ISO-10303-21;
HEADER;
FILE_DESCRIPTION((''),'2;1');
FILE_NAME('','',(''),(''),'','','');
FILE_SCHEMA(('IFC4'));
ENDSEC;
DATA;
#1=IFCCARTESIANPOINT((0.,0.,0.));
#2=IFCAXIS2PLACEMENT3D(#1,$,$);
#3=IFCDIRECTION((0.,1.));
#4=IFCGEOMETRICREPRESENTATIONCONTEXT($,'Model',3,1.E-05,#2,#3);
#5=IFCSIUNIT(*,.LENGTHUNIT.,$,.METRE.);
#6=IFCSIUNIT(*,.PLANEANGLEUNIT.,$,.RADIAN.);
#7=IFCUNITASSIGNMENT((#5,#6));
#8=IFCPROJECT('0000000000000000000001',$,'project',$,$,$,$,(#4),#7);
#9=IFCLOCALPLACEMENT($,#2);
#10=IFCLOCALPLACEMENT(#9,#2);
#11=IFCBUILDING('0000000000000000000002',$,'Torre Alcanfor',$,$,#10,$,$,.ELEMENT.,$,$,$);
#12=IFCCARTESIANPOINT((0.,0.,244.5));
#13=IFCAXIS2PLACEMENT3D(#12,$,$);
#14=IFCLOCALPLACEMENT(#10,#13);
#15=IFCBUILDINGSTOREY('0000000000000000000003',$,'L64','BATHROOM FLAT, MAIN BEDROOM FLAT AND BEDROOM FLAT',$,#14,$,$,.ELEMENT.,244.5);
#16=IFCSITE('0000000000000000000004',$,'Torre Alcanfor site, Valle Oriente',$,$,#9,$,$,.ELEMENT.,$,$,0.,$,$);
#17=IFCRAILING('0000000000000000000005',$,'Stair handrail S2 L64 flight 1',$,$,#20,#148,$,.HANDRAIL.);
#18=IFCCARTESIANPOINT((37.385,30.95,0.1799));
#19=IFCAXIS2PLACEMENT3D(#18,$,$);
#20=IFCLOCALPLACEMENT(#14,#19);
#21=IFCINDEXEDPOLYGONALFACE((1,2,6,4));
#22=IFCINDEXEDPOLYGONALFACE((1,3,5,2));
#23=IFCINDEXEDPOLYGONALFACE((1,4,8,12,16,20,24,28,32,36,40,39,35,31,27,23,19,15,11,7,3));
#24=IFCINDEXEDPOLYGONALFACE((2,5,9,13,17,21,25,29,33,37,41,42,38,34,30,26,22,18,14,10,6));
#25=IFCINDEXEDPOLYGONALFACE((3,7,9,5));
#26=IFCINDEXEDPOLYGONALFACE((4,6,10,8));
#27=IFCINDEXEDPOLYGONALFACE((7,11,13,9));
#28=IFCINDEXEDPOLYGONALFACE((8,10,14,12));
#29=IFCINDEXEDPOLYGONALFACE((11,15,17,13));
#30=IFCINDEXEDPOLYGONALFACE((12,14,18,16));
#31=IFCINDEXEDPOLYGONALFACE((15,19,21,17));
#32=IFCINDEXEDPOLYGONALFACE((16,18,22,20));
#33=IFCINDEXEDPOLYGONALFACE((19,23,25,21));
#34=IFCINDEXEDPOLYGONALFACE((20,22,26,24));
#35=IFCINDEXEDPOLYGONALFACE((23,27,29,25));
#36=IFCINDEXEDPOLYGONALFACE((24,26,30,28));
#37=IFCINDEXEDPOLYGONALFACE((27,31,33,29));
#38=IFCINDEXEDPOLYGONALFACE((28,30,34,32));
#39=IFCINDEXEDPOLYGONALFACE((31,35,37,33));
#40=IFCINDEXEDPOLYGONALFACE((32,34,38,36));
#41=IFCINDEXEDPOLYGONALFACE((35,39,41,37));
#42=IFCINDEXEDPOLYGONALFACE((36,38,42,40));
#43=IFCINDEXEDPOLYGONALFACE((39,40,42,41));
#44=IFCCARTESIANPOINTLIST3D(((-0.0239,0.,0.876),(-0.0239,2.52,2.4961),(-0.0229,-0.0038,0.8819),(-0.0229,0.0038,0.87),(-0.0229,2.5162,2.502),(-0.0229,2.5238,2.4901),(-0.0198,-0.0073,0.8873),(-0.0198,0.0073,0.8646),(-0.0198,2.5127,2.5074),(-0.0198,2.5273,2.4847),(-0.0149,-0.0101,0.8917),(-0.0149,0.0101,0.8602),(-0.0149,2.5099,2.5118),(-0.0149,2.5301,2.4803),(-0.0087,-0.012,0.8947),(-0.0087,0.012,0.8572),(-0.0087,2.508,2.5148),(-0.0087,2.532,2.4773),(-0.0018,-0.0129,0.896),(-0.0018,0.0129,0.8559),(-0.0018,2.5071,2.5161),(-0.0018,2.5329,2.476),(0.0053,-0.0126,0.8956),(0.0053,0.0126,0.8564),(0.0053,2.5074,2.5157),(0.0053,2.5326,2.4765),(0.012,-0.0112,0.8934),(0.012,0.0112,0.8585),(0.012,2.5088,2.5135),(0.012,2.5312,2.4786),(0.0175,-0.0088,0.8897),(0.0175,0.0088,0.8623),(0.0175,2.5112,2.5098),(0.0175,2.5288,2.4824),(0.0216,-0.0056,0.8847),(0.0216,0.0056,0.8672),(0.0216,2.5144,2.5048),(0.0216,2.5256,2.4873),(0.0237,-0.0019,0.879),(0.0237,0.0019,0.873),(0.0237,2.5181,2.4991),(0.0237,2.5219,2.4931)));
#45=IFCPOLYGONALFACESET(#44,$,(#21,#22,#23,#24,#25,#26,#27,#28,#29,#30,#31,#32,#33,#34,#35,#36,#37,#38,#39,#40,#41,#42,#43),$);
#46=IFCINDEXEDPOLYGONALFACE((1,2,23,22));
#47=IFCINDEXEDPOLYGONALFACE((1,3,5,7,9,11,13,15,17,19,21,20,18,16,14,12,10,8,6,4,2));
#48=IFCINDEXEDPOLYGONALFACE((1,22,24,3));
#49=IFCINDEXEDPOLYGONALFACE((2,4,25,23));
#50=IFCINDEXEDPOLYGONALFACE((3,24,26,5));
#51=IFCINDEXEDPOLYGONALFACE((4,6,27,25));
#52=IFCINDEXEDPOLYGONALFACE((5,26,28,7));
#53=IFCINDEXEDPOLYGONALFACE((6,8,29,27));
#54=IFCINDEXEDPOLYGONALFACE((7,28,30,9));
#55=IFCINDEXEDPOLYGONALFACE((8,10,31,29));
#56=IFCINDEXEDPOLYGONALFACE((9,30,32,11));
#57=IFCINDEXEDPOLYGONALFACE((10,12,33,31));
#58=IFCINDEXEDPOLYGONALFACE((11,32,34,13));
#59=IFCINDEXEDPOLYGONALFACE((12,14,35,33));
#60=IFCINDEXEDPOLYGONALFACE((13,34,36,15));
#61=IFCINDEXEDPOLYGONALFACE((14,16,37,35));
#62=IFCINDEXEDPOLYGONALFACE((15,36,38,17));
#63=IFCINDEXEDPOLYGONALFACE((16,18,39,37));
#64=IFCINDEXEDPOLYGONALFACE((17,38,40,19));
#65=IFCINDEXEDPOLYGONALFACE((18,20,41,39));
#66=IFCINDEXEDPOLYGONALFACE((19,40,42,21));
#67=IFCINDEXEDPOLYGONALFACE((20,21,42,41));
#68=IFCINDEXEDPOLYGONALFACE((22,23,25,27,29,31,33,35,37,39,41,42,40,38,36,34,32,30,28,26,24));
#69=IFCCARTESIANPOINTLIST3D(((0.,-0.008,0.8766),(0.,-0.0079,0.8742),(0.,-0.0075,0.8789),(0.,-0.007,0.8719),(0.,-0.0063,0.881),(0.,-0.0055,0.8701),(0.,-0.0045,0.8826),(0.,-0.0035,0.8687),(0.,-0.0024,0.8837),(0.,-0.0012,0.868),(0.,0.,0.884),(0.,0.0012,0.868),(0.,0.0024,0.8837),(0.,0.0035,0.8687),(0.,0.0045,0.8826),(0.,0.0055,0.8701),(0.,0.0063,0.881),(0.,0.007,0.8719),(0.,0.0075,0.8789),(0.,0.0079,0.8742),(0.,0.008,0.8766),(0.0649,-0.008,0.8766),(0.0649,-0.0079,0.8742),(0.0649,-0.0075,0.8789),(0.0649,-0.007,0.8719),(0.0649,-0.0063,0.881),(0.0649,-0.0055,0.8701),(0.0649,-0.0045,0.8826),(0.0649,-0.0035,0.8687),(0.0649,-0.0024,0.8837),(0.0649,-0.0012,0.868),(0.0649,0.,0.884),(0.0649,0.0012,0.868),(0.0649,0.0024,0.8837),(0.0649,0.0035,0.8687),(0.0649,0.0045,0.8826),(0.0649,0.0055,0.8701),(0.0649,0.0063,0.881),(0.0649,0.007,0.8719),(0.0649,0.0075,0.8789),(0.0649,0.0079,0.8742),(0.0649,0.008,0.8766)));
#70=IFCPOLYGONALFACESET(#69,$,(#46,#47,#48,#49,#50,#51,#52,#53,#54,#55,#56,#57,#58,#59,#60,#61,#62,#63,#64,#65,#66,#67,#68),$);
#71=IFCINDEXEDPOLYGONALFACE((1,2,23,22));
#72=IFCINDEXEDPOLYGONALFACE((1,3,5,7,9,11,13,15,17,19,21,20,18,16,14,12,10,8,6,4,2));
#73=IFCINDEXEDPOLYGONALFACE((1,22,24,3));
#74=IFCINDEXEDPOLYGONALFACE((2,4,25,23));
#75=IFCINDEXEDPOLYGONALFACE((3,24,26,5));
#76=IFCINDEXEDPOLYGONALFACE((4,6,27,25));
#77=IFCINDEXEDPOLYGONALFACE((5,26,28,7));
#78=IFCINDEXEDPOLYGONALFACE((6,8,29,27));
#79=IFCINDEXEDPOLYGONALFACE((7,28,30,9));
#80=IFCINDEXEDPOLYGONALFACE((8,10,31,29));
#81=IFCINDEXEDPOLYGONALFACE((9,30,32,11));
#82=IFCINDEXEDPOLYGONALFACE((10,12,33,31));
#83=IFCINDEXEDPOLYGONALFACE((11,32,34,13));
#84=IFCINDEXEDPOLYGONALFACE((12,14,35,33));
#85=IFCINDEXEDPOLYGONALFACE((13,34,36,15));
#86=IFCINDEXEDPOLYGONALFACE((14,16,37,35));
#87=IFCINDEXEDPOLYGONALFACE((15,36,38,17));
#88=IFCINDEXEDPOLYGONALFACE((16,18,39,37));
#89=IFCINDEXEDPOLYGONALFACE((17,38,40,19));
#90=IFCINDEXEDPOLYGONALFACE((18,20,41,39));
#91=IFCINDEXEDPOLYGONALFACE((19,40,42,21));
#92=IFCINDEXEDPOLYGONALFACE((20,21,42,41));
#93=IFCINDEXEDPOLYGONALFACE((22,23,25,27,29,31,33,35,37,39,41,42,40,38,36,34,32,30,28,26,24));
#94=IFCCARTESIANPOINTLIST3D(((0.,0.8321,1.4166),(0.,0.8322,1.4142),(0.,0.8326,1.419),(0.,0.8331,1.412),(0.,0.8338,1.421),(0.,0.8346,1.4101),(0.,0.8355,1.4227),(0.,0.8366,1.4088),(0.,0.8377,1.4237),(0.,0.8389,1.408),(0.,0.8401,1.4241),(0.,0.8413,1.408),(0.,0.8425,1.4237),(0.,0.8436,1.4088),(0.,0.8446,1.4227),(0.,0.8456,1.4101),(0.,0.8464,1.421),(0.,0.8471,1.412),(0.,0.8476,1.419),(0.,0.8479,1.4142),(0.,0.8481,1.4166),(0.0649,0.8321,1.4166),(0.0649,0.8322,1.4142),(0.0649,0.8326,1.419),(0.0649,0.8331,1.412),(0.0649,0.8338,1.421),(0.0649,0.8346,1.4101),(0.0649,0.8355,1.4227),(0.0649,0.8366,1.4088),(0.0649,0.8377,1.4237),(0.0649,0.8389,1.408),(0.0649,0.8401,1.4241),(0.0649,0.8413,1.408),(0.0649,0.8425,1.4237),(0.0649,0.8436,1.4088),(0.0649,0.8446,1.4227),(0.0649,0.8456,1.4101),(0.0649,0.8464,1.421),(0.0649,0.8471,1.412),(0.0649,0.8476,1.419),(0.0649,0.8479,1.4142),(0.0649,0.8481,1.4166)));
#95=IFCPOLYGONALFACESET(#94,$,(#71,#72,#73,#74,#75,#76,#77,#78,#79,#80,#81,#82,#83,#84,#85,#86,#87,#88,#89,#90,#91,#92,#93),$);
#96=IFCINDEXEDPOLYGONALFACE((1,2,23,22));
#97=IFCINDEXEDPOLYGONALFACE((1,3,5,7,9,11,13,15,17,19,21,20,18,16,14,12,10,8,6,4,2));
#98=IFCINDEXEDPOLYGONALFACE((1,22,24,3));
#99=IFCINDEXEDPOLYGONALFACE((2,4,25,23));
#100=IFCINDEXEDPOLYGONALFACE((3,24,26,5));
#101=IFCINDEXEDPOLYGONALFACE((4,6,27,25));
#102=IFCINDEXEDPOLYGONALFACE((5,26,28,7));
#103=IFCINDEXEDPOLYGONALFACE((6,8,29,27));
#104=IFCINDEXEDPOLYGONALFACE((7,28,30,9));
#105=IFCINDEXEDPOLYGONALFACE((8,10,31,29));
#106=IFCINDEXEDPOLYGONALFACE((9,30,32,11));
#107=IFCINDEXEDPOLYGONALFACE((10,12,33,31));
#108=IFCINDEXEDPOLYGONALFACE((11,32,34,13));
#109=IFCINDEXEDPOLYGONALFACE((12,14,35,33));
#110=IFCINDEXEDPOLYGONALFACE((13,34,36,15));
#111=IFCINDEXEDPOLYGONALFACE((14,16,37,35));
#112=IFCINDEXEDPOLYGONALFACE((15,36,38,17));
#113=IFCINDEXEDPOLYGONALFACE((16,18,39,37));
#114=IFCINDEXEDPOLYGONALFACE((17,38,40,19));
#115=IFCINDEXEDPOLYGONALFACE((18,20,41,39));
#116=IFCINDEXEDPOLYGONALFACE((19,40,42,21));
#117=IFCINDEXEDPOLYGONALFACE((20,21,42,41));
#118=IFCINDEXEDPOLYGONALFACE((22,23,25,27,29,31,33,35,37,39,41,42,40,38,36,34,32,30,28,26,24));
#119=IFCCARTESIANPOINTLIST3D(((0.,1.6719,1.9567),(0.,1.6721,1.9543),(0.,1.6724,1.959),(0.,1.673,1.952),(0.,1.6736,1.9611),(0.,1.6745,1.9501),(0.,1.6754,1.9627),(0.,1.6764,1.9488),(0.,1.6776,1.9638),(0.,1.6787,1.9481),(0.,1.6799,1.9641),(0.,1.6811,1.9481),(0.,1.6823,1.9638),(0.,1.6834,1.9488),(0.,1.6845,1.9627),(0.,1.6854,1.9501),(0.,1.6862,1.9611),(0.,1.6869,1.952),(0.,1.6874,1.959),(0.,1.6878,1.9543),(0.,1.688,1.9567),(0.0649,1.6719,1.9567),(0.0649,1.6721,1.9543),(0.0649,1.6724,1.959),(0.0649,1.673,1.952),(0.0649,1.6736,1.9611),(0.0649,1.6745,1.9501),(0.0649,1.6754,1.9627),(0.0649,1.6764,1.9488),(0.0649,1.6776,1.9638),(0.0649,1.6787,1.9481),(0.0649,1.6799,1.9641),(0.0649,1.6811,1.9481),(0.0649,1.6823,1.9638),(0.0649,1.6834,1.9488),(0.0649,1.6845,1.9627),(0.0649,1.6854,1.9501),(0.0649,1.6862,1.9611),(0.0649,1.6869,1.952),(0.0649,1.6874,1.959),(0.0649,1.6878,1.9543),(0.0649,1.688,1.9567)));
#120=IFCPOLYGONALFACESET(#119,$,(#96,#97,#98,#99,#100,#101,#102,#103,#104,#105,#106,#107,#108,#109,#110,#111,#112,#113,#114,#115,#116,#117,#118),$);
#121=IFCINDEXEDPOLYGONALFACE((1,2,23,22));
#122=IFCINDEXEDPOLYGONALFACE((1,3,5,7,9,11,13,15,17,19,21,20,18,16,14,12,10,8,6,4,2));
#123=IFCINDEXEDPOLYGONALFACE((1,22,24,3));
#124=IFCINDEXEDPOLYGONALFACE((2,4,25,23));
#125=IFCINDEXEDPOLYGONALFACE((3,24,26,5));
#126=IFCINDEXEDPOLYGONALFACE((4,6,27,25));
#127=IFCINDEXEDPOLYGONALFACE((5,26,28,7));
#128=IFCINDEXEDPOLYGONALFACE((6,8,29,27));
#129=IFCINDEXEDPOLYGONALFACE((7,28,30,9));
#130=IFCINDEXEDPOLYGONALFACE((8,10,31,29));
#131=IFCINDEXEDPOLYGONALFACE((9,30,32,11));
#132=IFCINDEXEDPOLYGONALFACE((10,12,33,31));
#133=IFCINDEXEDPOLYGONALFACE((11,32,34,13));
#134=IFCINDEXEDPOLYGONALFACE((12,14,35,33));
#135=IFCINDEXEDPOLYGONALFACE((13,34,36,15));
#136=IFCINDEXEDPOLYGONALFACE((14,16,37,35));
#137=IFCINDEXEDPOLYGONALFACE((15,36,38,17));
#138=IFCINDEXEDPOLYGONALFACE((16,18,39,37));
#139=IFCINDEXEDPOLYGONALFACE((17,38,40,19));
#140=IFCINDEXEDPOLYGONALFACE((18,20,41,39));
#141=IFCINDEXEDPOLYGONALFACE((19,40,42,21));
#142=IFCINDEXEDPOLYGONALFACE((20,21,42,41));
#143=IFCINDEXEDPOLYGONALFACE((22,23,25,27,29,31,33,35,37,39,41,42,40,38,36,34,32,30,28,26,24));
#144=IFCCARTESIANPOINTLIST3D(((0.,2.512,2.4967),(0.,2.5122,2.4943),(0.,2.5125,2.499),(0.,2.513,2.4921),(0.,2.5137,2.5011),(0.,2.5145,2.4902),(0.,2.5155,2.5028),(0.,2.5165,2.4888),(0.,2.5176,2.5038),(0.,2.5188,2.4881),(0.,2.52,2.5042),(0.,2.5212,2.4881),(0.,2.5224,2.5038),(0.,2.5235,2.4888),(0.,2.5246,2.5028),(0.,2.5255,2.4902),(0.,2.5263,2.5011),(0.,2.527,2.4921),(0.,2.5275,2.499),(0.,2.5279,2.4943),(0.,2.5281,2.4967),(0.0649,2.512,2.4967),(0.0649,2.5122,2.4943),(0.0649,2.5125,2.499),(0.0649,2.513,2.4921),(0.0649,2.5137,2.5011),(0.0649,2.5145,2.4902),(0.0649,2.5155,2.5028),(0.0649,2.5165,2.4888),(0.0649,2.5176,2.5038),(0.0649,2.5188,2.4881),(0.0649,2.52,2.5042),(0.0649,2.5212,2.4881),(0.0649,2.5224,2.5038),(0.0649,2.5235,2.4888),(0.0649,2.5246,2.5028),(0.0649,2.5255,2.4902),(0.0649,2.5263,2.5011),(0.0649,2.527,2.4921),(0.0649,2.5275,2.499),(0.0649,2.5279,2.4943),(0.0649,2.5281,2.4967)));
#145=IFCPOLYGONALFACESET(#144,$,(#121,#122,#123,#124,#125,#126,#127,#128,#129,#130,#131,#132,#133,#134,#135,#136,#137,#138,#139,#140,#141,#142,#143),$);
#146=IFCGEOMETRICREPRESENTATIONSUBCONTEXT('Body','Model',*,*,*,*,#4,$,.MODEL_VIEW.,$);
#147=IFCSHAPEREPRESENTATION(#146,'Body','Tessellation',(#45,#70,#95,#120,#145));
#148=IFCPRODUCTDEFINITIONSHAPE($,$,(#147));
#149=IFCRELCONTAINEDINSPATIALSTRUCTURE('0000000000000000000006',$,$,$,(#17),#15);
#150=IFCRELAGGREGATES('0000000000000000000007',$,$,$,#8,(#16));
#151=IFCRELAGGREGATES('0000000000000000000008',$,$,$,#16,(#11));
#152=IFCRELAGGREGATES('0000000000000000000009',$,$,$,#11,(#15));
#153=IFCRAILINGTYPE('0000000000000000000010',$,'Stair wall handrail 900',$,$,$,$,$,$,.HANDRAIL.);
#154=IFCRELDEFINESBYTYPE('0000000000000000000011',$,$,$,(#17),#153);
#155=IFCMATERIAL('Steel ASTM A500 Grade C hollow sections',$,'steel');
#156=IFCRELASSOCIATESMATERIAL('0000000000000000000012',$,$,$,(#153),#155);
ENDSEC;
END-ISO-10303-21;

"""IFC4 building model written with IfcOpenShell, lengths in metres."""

from ifc_helpers import new_model, si_unit, direction, frame, origin, origin_2d, place, context, subcontext, project, spatial, circle, extrude, material, type_object, element, save


model = new_model("IFC4")

# Units and contexts
model_context = context("Model", 3, precision=1e-05, world=origin(), true_north=direction((0.0, 1.0)))
body_context = subcontext(model_context, "Body", "Model", "MODEL_VIEW")
ifc_project = project(units=[si_unit("LENGTHUNIT", "METRE"), si_unit("PLANEANGLEUNIT", "RADIAN")], contexts=[model_context])

# Site, building, storey
site_placement = place(None, origin())
site = spatial("IfcSite", under=ifc_project, at=site_placement, Name="Torre Alcanfor site, Valle Oriente", CompositionType="ELEMENT", RefElevation=0.0)
building_placement = place(site_placement, origin())
building = spatial("IfcBuilding", under=site, at=building_placement, Name="Torre Alcanfor", CompositionType="ELEMENT")
storey_placement = place(building_placement, frame((0.0, 0.0, 244.5)))
storey = spatial("IfcBuildingStorey", under=building, at=storey_placement, Name="L64", Description="BATHROOM FLAT, MAIN BEDROOM FLAT AND BEDROOM FLAT", CompositionType="ELEMENT", Elevation=244.5)

# Railing
ifc_material_1 = material(Name="Steel ASTM A500 Grade C hollow sections", Category="steel")
railing_type_1 = type_object("IfcRailingType", Name="Stair wall handrail 900", PredefinedType="HANDRAIL", material=ifc_material_1)
railing_1_placement = place(storey_placement, frame((37.385, 30.95, 0.1799)))
element("IfcRailing", 1, at=railing_1_placement, inside=storey, type_object=railing_type_1, Name="Stair handrail S2 L64 flight 1", PredefinedType="HANDRAIL", context=body_context, shape_type="SweptSolid", body=[
    extrude(circle(Radius=0.0239, at=origin_2d()), frame((0.0, 0.0, 0.876), z_axis=(0.0, 0.841163, 0.540782), x_axis=(-1.0, 0.0, 0.0)), (0.0, 0.0, 1.0), 2.9958),
    extrude(circle(Radius=0.0081, at=origin_2d()), frame((0.0, 0.0, 0.876), z_axis=(1.0, 0.0, 0.0), x_axis=(0.0, 0.0, 1.0)), (0.0, 0.0, 1.0), 0.0649),
    extrude(circle(Radius=0.0081, at=origin_2d()), frame((0.0, 0.8401, 1.416), z_axis=(1.0, 0.0, 0.0), x_axis=(0.0, 0.0, 1.0)), (0.0, 0.0, 1.0), 0.0649),
    extrude(circle(Radius=0.0081, at=origin_2d()), frame((0.0, 1.6799, 1.9561), z_axis=(1.0, 0.0, 0.0), x_axis=(0.0, 0.0, 1.0)), (0.0, 0.0, 1.0), 0.0649),
    extrude(circle(Radius=0.0081, at=origin_2d()), frame((0.0, 2.52, 2.4961), z_axis=(1.0, 0.0, 0.0), x_axis=(0.0, 0.0, 1.0)), (0.0, 0.0, 1.0), 0.0649),
])

save(model, "model.ifc")
